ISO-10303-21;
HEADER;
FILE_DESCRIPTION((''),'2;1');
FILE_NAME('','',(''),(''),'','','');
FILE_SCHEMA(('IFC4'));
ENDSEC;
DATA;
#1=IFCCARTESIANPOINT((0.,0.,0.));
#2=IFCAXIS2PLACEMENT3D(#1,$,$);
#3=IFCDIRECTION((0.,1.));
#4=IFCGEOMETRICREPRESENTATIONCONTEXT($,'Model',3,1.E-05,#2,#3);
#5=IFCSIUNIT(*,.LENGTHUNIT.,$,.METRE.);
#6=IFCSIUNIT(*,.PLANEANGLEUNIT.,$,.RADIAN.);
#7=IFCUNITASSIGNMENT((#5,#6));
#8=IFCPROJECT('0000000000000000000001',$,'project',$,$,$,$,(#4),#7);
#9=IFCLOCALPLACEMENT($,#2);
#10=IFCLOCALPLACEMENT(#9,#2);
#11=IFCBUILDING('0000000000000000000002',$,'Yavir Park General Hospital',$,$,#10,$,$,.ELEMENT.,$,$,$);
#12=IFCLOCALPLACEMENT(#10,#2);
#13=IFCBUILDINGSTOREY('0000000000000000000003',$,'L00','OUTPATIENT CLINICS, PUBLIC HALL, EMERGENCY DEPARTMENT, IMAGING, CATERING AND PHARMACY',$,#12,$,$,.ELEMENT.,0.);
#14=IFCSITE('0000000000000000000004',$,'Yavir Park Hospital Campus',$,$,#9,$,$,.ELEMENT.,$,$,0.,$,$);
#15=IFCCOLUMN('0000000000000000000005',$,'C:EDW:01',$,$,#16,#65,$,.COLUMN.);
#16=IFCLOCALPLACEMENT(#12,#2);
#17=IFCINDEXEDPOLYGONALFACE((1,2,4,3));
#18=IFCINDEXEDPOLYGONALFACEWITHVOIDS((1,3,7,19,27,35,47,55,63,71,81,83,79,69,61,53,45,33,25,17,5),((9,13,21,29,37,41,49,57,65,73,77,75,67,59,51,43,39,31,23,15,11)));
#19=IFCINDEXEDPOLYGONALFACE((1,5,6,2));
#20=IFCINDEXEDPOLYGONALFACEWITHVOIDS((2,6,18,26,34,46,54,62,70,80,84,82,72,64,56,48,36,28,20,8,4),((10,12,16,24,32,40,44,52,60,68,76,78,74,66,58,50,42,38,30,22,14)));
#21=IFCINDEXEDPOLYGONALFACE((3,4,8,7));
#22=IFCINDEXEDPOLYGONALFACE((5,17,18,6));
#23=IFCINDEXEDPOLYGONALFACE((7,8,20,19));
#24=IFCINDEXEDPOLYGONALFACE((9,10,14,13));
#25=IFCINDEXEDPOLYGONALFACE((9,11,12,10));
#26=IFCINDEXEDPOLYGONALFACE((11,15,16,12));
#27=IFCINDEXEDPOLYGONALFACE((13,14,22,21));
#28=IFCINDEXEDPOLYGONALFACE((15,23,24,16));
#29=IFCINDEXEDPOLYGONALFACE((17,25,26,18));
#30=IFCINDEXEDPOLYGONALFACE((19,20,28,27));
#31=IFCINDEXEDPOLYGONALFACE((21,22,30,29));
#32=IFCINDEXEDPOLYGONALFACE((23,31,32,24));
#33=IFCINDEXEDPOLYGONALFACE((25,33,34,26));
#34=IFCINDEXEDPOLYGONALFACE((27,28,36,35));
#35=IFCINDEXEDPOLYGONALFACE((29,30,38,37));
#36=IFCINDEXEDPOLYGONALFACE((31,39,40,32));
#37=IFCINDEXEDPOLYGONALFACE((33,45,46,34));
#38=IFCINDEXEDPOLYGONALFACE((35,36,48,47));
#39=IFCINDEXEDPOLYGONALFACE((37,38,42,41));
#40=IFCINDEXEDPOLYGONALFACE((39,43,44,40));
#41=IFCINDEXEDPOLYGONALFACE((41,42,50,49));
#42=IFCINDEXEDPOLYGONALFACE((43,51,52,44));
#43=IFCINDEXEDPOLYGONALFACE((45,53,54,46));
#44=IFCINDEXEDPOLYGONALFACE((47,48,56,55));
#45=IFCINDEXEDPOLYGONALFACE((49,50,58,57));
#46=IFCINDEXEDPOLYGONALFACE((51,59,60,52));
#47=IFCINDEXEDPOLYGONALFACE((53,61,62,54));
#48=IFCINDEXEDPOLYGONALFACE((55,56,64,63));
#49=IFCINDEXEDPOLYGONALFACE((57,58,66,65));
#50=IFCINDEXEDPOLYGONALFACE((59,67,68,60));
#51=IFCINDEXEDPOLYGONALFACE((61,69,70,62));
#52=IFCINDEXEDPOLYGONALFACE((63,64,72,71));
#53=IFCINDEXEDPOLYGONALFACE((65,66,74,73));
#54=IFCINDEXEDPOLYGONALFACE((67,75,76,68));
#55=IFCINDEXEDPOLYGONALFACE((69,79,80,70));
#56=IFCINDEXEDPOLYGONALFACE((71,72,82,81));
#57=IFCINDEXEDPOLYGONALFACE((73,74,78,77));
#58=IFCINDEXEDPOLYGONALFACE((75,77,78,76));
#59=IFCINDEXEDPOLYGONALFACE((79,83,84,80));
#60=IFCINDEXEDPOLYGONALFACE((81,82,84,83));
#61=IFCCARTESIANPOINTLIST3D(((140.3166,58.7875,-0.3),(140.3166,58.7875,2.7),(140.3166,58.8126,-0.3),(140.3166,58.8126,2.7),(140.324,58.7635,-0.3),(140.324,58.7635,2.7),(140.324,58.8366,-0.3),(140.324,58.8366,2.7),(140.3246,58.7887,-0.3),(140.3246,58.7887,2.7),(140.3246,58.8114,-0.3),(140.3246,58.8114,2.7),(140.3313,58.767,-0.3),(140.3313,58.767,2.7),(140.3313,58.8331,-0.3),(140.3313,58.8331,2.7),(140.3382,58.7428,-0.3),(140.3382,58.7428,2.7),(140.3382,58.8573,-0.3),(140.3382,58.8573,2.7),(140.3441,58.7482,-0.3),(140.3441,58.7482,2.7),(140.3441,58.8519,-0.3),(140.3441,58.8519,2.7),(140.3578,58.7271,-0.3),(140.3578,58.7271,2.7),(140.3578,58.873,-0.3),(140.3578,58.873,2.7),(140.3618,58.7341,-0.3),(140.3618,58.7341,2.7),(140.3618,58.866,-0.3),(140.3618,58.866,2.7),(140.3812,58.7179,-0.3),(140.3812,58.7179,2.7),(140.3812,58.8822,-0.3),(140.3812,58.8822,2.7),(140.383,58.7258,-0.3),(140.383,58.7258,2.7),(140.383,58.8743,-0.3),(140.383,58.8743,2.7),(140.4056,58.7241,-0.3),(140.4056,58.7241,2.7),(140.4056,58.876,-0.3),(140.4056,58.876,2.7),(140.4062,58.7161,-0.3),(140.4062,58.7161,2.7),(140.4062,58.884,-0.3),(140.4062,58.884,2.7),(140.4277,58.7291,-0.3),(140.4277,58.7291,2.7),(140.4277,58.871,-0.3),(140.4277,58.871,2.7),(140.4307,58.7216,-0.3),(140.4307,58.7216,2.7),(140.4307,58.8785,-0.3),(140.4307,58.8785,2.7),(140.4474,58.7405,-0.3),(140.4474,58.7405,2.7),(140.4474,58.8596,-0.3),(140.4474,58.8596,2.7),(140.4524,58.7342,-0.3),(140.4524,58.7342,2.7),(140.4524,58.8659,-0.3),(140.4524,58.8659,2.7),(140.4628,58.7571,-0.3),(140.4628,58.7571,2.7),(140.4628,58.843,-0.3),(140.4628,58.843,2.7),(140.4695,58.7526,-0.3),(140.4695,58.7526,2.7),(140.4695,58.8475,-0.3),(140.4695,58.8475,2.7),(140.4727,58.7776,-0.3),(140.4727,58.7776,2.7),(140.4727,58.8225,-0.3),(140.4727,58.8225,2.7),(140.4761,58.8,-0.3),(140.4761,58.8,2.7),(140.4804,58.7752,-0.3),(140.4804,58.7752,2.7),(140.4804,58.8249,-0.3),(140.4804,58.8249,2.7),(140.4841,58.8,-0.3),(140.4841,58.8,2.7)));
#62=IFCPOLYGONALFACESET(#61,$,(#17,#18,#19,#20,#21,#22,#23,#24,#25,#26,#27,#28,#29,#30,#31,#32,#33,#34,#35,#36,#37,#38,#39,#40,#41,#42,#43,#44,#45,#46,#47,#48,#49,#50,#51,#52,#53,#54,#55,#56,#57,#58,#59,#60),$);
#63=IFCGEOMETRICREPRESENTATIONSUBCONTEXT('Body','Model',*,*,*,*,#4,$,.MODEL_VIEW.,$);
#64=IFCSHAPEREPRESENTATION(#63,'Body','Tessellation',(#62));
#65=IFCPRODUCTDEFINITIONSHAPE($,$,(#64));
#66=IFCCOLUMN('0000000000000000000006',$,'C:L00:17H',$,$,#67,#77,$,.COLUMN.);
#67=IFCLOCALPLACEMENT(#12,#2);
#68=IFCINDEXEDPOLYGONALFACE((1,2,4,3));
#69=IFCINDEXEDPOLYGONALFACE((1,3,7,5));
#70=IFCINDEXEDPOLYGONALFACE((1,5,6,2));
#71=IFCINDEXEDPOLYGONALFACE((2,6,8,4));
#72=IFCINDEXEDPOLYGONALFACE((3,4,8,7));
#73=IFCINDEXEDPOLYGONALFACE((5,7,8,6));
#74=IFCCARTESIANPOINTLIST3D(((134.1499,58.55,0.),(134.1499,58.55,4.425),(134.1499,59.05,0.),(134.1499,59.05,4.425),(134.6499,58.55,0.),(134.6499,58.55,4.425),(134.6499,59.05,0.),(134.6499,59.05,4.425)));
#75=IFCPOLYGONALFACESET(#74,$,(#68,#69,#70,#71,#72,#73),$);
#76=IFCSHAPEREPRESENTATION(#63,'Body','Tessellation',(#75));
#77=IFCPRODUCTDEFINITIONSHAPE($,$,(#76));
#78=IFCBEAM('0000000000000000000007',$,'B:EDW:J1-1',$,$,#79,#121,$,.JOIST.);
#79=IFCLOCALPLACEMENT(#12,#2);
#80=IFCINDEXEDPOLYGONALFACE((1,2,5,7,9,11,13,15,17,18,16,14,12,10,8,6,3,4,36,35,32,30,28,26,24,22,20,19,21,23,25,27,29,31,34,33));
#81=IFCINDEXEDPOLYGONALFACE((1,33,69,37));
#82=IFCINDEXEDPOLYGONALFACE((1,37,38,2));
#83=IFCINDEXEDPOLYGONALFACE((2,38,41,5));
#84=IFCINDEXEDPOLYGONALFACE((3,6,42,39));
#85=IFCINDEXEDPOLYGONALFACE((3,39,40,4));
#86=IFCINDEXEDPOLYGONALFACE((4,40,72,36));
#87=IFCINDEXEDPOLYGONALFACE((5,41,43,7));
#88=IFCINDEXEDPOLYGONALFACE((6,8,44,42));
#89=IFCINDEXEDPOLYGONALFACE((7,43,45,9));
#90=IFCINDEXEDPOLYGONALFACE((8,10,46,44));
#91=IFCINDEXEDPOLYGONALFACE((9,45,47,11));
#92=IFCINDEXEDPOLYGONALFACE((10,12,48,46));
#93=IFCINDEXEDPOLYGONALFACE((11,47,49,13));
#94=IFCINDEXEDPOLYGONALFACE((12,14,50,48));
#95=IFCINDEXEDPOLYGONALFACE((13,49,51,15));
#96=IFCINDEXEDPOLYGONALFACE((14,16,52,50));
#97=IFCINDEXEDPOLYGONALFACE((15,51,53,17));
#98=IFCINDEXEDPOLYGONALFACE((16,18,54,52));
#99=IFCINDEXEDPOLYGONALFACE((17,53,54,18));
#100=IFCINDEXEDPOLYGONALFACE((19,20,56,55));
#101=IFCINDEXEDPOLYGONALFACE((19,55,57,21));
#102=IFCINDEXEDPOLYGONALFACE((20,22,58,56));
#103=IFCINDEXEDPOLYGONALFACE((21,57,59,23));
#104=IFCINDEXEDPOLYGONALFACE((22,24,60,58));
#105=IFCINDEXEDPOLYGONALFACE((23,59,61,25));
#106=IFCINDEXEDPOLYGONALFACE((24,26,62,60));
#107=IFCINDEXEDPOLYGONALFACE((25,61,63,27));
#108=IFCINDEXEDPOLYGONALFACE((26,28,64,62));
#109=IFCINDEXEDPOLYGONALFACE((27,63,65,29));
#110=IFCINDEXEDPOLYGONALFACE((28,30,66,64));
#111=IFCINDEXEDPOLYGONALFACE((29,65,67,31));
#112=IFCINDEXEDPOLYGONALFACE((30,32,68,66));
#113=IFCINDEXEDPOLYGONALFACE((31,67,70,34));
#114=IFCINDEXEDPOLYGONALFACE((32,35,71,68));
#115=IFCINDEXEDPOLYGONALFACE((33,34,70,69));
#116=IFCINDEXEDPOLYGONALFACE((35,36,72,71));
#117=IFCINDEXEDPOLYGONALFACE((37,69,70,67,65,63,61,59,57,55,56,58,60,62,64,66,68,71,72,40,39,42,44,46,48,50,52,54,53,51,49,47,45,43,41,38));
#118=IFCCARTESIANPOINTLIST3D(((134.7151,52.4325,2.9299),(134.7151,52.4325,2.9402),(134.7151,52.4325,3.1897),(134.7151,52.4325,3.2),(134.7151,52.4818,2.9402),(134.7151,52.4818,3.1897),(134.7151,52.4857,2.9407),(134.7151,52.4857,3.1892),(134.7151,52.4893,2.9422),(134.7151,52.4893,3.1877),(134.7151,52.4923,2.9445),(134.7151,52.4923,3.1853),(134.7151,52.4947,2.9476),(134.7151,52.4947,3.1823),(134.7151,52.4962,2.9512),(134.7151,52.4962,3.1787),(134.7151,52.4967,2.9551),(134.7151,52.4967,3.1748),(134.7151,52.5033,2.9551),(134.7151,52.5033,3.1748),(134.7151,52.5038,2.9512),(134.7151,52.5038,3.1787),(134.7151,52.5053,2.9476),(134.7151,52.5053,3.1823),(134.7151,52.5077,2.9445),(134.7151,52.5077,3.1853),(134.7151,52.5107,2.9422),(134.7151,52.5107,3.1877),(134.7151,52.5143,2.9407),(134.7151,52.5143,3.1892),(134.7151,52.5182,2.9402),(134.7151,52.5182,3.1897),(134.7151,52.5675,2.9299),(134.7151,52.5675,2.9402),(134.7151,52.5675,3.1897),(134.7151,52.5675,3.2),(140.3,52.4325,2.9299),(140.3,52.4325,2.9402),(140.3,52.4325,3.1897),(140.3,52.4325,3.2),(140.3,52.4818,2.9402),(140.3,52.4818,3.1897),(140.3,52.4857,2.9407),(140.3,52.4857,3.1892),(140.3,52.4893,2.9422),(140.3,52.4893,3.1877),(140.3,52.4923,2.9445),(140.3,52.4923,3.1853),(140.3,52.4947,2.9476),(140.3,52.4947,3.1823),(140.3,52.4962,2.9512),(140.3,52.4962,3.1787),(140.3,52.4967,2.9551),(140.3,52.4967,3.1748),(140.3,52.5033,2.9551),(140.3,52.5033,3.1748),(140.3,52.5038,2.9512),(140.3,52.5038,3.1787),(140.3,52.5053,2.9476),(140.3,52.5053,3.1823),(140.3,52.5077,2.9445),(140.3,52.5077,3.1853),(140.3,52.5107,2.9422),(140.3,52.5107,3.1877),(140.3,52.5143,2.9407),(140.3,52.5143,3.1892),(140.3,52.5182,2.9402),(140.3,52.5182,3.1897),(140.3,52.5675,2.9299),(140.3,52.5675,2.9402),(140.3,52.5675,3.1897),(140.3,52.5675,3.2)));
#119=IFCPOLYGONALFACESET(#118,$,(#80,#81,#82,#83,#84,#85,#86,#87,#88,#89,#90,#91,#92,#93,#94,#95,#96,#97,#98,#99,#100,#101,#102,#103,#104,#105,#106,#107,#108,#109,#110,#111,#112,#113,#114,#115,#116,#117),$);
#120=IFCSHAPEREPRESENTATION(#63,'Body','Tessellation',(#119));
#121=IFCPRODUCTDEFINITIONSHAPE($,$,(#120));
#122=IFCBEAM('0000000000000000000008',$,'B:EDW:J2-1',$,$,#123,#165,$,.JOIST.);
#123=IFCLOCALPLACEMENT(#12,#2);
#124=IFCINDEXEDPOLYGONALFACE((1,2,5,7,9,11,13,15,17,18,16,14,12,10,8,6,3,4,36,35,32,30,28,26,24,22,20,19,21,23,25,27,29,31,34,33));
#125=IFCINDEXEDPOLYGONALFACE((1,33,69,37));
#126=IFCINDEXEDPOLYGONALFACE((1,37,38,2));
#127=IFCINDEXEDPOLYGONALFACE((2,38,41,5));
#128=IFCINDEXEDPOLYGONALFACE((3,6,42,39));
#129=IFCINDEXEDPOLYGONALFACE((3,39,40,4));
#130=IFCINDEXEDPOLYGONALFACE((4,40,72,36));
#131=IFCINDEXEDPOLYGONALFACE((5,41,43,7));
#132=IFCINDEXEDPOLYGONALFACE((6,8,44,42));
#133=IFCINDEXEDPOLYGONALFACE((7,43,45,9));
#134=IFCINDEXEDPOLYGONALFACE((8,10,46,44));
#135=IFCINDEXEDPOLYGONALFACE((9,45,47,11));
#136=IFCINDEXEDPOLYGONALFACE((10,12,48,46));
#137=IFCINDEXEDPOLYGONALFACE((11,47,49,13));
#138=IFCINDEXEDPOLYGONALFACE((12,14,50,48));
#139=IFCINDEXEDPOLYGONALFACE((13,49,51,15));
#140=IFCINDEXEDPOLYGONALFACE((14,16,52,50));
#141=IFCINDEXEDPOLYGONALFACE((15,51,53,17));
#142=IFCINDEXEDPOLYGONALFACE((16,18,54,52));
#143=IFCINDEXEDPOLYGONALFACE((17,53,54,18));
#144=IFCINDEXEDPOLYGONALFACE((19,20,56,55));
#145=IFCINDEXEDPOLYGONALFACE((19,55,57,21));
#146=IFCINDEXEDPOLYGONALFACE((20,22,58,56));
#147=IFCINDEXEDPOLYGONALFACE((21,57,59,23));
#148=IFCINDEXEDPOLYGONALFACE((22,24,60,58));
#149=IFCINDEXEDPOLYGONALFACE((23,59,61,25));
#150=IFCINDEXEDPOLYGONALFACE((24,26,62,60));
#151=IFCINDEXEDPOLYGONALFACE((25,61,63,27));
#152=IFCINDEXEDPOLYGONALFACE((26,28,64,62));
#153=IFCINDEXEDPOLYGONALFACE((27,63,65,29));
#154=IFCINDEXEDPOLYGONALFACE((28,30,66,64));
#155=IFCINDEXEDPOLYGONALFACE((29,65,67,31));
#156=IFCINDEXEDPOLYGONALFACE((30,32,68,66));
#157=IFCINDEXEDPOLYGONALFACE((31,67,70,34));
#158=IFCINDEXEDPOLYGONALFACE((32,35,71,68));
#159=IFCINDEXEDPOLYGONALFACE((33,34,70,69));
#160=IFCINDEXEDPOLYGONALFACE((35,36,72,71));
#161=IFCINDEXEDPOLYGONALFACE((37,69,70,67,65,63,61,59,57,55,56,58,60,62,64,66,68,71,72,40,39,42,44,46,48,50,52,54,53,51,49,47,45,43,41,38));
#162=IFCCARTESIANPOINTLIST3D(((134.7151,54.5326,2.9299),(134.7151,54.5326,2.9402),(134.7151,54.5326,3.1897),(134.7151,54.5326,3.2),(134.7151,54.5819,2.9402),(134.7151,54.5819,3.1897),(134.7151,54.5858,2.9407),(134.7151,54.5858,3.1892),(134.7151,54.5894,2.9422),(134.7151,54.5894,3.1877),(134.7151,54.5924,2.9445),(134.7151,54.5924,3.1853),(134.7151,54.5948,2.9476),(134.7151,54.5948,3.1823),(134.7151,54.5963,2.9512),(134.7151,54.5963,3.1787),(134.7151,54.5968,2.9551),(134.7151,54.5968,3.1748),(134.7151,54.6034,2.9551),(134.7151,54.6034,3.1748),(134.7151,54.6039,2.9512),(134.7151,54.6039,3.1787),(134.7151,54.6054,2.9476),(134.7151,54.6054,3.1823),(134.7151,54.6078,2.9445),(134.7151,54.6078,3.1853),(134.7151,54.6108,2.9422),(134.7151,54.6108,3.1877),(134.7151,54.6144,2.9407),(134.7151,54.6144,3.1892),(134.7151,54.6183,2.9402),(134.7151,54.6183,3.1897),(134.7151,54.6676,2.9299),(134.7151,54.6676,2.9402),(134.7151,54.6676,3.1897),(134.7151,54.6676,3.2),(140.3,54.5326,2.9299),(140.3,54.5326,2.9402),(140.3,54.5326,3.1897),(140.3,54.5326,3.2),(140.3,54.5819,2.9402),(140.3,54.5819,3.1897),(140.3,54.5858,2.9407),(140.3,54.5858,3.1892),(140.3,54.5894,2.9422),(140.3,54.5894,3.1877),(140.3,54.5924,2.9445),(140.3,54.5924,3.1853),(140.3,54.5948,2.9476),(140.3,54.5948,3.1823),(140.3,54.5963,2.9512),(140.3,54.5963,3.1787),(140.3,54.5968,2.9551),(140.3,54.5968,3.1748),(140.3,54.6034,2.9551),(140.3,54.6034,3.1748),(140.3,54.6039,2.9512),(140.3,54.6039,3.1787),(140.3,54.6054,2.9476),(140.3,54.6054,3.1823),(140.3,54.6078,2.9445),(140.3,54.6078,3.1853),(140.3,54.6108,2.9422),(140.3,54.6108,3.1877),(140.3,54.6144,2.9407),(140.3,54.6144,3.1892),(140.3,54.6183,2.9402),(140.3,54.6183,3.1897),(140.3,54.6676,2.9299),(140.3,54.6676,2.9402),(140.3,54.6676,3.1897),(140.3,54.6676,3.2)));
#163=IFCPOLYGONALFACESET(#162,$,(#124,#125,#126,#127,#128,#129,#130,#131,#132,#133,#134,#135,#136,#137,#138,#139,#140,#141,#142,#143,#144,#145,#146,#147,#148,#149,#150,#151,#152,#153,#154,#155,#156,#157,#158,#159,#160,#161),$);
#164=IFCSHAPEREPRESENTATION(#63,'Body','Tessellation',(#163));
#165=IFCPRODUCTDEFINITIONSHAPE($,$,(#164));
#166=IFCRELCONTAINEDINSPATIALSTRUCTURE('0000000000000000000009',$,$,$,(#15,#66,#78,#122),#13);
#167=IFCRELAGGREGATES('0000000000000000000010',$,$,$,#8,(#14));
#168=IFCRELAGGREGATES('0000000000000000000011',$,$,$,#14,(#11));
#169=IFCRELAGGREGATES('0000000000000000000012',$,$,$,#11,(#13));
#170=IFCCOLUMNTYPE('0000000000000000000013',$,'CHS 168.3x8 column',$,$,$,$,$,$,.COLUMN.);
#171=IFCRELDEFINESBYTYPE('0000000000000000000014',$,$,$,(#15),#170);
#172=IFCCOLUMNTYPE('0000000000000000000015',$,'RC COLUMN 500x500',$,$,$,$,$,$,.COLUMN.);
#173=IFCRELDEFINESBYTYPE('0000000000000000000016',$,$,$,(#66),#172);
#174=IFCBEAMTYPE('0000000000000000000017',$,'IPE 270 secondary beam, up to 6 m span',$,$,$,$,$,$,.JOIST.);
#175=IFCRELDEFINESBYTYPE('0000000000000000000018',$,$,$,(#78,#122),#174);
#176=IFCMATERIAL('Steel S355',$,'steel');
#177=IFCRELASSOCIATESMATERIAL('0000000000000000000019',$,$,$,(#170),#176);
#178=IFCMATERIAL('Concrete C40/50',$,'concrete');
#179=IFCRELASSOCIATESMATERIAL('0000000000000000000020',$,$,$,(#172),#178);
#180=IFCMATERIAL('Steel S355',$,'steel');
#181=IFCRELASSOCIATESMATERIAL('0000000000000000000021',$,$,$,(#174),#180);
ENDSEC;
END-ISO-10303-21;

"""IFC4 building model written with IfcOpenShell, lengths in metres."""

from ifc_helpers import new_model, si_unit, direction, frame, origin, origin_2d, place, context, subcontext, project, spatial, rectangle, hollow_circle, i_section, extrude, material, material_profile, profile_set, type_object, element, save


model = new_model("IFC4")

# Units and contexts
model_context = context("Model", 3, precision=1e-05, world=origin(), true_north=direction((0.0, 1.0)))
body_context = subcontext(model_context, "Body", "Model", "MODEL_VIEW")
ifc_project = project(units=[si_unit("LENGTHUNIT", "METRE"), si_unit("PLANEANGLEUNIT", "RADIAN")], contexts=[model_context])

# Site, building, storey
site_placement = place(None, origin())
site = spatial("IfcSite", under=ifc_project, at=site_placement, Name="Yavir Park Hospital Campus", CompositionType="ELEMENT", RefElevation=0.0)
building_placement = place(site_placement, origin())
building = spatial("IfcBuilding", under=site, at=building_placement, Name="Yavir Park General Hospital", CompositionType="ELEMENT")
storey_placement = place(building_placement, origin())
storey = spatial("IfcBuildingStorey", under=building, at=storey_placement, Name="L00", Description="OUTPATIENT CLINICS, PUBLIC HALL, EMERGENCY DEPARTMENT, IMAGING, CATERING AND PHARMACY", CompositionType="ELEMENT", Elevation=0.0)

# Columns
ifc_material_1 = material(Name="Steel S355", Category="steel")
ifc_material_profile_1 = material_profile(ifc_material_1, hollow_circle(Radius=0.0842, WallThickness=0.0081, at=origin_2d()), Name="CHS168.3x8")
ifc_profile_set_1 = profile_set([ifc_material_profile_1], Name="Steel S355")
column_type_1 = type_object("IfcColumnType", Name="CHS 168.3x8 column", PredefinedType="COLUMN", material=ifc_profile_set_1)
column_1_placement = place(storey_placement, frame((140.3999, 58.8, -0.3), z_axis=(0.0, 0.0, 1.0), x_axis=(1.0, 0.0, 0.0)))
element("IfcColumn", 1, at=column_1_placement, inside=storey, type_object=column_type_1, Name="C:EDW:01", PredefinedType="COLUMN", context=body_context, shape_type="SweptSolid", body=[
    extrude(hollow_circle(Radius=0.0842, WallThickness=0.0081, at=origin_2d()), origin(), (0.0, 0.0, 1.0), 3.0),
])
ifc_material_2 = material(Name="Concrete C40/50", Category="concrete")
ifc_material_profile_2 = material_profile(ifc_material_2, rectangle(XDim=0.5, YDim=0.5, at=origin_2d()), Name="RC500x500")
ifc_profile_set_2 = profile_set([ifc_material_profile_2], Name="Concrete C40/50")
column_type_2 = type_object("IfcColumnType", Name="RC COLUMN 500x500", PredefinedType="COLUMN", material=ifc_profile_set_2)
column_2_placement = place(storey_placement, frame((134.3999, 58.8, 0.0), z_axis=(0.0, 0.0, 1.0), x_axis=(1.0, 0.0, 0.0)))
element("IfcColumn", 2, at=column_2_placement, inside=storey, type_object=column_type_2, Name="C:L00:17H", PredefinedType="COLUMN", context=body_context, shape_type="SweptSolid", body=[
    extrude(rectangle(XDim=0.5, YDim=0.5, at=origin_2d()), origin(), (0.0, 0.0, 1.0), 4.425),
])

# Beams
ifc_material_3 = material(Name="Steel S355", Category="steel")
ifc_material_profile_3 = material_profile(ifc_material_3, i_section(OverallWidth=0.135, OverallDepth=0.27, WebThickness=0.0066, FlangeThickness=0.0103, FilletRadius=0.0149, at=origin_2d()), Name="IPE270")
ifc_profile_set_3 = profile_set([ifc_material_profile_3], Name="Steel S355")
beam_type_1 = type_object("IfcBeamType", Name="IPE 270 secondary beam, up to 6 m span", PredefinedType="JOIST", material=ifc_profile_set_3)
for number, where, z_axis, x_axis, name in (
    (3, (140.3, 52.5, 3.0649), (-1.0, 0.0, 0.0), (0.0, -1.0, 0.0), "B:EDW:J1-1"),
    (4, (140.3, 54.6001, 3.0649), (-1.0, 0.0, 0.0), (0.0, -1.0, 0.0), "B:EDW:J2-1"),
):
    element("IfcBeam", number, at=place(storey_placement, frame(where, z_axis=z_axis, x_axis=x_axis)), inside=storey, type_object=beam_type_1, Name=name, PredefinedType="JOIST", context=body_context, shape_type="SweptSolid", body=[
        extrude(i_section(OverallWidth=0.135, OverallDepth=0.27, WebThickness=0.0066, FlangeThickness=0.0103, FilletRadius=0.0149, at=origin_2d()), origin(), (0.0, 0.0, 1.0), 5.585),
    ])

save(model, "model.ifc")
